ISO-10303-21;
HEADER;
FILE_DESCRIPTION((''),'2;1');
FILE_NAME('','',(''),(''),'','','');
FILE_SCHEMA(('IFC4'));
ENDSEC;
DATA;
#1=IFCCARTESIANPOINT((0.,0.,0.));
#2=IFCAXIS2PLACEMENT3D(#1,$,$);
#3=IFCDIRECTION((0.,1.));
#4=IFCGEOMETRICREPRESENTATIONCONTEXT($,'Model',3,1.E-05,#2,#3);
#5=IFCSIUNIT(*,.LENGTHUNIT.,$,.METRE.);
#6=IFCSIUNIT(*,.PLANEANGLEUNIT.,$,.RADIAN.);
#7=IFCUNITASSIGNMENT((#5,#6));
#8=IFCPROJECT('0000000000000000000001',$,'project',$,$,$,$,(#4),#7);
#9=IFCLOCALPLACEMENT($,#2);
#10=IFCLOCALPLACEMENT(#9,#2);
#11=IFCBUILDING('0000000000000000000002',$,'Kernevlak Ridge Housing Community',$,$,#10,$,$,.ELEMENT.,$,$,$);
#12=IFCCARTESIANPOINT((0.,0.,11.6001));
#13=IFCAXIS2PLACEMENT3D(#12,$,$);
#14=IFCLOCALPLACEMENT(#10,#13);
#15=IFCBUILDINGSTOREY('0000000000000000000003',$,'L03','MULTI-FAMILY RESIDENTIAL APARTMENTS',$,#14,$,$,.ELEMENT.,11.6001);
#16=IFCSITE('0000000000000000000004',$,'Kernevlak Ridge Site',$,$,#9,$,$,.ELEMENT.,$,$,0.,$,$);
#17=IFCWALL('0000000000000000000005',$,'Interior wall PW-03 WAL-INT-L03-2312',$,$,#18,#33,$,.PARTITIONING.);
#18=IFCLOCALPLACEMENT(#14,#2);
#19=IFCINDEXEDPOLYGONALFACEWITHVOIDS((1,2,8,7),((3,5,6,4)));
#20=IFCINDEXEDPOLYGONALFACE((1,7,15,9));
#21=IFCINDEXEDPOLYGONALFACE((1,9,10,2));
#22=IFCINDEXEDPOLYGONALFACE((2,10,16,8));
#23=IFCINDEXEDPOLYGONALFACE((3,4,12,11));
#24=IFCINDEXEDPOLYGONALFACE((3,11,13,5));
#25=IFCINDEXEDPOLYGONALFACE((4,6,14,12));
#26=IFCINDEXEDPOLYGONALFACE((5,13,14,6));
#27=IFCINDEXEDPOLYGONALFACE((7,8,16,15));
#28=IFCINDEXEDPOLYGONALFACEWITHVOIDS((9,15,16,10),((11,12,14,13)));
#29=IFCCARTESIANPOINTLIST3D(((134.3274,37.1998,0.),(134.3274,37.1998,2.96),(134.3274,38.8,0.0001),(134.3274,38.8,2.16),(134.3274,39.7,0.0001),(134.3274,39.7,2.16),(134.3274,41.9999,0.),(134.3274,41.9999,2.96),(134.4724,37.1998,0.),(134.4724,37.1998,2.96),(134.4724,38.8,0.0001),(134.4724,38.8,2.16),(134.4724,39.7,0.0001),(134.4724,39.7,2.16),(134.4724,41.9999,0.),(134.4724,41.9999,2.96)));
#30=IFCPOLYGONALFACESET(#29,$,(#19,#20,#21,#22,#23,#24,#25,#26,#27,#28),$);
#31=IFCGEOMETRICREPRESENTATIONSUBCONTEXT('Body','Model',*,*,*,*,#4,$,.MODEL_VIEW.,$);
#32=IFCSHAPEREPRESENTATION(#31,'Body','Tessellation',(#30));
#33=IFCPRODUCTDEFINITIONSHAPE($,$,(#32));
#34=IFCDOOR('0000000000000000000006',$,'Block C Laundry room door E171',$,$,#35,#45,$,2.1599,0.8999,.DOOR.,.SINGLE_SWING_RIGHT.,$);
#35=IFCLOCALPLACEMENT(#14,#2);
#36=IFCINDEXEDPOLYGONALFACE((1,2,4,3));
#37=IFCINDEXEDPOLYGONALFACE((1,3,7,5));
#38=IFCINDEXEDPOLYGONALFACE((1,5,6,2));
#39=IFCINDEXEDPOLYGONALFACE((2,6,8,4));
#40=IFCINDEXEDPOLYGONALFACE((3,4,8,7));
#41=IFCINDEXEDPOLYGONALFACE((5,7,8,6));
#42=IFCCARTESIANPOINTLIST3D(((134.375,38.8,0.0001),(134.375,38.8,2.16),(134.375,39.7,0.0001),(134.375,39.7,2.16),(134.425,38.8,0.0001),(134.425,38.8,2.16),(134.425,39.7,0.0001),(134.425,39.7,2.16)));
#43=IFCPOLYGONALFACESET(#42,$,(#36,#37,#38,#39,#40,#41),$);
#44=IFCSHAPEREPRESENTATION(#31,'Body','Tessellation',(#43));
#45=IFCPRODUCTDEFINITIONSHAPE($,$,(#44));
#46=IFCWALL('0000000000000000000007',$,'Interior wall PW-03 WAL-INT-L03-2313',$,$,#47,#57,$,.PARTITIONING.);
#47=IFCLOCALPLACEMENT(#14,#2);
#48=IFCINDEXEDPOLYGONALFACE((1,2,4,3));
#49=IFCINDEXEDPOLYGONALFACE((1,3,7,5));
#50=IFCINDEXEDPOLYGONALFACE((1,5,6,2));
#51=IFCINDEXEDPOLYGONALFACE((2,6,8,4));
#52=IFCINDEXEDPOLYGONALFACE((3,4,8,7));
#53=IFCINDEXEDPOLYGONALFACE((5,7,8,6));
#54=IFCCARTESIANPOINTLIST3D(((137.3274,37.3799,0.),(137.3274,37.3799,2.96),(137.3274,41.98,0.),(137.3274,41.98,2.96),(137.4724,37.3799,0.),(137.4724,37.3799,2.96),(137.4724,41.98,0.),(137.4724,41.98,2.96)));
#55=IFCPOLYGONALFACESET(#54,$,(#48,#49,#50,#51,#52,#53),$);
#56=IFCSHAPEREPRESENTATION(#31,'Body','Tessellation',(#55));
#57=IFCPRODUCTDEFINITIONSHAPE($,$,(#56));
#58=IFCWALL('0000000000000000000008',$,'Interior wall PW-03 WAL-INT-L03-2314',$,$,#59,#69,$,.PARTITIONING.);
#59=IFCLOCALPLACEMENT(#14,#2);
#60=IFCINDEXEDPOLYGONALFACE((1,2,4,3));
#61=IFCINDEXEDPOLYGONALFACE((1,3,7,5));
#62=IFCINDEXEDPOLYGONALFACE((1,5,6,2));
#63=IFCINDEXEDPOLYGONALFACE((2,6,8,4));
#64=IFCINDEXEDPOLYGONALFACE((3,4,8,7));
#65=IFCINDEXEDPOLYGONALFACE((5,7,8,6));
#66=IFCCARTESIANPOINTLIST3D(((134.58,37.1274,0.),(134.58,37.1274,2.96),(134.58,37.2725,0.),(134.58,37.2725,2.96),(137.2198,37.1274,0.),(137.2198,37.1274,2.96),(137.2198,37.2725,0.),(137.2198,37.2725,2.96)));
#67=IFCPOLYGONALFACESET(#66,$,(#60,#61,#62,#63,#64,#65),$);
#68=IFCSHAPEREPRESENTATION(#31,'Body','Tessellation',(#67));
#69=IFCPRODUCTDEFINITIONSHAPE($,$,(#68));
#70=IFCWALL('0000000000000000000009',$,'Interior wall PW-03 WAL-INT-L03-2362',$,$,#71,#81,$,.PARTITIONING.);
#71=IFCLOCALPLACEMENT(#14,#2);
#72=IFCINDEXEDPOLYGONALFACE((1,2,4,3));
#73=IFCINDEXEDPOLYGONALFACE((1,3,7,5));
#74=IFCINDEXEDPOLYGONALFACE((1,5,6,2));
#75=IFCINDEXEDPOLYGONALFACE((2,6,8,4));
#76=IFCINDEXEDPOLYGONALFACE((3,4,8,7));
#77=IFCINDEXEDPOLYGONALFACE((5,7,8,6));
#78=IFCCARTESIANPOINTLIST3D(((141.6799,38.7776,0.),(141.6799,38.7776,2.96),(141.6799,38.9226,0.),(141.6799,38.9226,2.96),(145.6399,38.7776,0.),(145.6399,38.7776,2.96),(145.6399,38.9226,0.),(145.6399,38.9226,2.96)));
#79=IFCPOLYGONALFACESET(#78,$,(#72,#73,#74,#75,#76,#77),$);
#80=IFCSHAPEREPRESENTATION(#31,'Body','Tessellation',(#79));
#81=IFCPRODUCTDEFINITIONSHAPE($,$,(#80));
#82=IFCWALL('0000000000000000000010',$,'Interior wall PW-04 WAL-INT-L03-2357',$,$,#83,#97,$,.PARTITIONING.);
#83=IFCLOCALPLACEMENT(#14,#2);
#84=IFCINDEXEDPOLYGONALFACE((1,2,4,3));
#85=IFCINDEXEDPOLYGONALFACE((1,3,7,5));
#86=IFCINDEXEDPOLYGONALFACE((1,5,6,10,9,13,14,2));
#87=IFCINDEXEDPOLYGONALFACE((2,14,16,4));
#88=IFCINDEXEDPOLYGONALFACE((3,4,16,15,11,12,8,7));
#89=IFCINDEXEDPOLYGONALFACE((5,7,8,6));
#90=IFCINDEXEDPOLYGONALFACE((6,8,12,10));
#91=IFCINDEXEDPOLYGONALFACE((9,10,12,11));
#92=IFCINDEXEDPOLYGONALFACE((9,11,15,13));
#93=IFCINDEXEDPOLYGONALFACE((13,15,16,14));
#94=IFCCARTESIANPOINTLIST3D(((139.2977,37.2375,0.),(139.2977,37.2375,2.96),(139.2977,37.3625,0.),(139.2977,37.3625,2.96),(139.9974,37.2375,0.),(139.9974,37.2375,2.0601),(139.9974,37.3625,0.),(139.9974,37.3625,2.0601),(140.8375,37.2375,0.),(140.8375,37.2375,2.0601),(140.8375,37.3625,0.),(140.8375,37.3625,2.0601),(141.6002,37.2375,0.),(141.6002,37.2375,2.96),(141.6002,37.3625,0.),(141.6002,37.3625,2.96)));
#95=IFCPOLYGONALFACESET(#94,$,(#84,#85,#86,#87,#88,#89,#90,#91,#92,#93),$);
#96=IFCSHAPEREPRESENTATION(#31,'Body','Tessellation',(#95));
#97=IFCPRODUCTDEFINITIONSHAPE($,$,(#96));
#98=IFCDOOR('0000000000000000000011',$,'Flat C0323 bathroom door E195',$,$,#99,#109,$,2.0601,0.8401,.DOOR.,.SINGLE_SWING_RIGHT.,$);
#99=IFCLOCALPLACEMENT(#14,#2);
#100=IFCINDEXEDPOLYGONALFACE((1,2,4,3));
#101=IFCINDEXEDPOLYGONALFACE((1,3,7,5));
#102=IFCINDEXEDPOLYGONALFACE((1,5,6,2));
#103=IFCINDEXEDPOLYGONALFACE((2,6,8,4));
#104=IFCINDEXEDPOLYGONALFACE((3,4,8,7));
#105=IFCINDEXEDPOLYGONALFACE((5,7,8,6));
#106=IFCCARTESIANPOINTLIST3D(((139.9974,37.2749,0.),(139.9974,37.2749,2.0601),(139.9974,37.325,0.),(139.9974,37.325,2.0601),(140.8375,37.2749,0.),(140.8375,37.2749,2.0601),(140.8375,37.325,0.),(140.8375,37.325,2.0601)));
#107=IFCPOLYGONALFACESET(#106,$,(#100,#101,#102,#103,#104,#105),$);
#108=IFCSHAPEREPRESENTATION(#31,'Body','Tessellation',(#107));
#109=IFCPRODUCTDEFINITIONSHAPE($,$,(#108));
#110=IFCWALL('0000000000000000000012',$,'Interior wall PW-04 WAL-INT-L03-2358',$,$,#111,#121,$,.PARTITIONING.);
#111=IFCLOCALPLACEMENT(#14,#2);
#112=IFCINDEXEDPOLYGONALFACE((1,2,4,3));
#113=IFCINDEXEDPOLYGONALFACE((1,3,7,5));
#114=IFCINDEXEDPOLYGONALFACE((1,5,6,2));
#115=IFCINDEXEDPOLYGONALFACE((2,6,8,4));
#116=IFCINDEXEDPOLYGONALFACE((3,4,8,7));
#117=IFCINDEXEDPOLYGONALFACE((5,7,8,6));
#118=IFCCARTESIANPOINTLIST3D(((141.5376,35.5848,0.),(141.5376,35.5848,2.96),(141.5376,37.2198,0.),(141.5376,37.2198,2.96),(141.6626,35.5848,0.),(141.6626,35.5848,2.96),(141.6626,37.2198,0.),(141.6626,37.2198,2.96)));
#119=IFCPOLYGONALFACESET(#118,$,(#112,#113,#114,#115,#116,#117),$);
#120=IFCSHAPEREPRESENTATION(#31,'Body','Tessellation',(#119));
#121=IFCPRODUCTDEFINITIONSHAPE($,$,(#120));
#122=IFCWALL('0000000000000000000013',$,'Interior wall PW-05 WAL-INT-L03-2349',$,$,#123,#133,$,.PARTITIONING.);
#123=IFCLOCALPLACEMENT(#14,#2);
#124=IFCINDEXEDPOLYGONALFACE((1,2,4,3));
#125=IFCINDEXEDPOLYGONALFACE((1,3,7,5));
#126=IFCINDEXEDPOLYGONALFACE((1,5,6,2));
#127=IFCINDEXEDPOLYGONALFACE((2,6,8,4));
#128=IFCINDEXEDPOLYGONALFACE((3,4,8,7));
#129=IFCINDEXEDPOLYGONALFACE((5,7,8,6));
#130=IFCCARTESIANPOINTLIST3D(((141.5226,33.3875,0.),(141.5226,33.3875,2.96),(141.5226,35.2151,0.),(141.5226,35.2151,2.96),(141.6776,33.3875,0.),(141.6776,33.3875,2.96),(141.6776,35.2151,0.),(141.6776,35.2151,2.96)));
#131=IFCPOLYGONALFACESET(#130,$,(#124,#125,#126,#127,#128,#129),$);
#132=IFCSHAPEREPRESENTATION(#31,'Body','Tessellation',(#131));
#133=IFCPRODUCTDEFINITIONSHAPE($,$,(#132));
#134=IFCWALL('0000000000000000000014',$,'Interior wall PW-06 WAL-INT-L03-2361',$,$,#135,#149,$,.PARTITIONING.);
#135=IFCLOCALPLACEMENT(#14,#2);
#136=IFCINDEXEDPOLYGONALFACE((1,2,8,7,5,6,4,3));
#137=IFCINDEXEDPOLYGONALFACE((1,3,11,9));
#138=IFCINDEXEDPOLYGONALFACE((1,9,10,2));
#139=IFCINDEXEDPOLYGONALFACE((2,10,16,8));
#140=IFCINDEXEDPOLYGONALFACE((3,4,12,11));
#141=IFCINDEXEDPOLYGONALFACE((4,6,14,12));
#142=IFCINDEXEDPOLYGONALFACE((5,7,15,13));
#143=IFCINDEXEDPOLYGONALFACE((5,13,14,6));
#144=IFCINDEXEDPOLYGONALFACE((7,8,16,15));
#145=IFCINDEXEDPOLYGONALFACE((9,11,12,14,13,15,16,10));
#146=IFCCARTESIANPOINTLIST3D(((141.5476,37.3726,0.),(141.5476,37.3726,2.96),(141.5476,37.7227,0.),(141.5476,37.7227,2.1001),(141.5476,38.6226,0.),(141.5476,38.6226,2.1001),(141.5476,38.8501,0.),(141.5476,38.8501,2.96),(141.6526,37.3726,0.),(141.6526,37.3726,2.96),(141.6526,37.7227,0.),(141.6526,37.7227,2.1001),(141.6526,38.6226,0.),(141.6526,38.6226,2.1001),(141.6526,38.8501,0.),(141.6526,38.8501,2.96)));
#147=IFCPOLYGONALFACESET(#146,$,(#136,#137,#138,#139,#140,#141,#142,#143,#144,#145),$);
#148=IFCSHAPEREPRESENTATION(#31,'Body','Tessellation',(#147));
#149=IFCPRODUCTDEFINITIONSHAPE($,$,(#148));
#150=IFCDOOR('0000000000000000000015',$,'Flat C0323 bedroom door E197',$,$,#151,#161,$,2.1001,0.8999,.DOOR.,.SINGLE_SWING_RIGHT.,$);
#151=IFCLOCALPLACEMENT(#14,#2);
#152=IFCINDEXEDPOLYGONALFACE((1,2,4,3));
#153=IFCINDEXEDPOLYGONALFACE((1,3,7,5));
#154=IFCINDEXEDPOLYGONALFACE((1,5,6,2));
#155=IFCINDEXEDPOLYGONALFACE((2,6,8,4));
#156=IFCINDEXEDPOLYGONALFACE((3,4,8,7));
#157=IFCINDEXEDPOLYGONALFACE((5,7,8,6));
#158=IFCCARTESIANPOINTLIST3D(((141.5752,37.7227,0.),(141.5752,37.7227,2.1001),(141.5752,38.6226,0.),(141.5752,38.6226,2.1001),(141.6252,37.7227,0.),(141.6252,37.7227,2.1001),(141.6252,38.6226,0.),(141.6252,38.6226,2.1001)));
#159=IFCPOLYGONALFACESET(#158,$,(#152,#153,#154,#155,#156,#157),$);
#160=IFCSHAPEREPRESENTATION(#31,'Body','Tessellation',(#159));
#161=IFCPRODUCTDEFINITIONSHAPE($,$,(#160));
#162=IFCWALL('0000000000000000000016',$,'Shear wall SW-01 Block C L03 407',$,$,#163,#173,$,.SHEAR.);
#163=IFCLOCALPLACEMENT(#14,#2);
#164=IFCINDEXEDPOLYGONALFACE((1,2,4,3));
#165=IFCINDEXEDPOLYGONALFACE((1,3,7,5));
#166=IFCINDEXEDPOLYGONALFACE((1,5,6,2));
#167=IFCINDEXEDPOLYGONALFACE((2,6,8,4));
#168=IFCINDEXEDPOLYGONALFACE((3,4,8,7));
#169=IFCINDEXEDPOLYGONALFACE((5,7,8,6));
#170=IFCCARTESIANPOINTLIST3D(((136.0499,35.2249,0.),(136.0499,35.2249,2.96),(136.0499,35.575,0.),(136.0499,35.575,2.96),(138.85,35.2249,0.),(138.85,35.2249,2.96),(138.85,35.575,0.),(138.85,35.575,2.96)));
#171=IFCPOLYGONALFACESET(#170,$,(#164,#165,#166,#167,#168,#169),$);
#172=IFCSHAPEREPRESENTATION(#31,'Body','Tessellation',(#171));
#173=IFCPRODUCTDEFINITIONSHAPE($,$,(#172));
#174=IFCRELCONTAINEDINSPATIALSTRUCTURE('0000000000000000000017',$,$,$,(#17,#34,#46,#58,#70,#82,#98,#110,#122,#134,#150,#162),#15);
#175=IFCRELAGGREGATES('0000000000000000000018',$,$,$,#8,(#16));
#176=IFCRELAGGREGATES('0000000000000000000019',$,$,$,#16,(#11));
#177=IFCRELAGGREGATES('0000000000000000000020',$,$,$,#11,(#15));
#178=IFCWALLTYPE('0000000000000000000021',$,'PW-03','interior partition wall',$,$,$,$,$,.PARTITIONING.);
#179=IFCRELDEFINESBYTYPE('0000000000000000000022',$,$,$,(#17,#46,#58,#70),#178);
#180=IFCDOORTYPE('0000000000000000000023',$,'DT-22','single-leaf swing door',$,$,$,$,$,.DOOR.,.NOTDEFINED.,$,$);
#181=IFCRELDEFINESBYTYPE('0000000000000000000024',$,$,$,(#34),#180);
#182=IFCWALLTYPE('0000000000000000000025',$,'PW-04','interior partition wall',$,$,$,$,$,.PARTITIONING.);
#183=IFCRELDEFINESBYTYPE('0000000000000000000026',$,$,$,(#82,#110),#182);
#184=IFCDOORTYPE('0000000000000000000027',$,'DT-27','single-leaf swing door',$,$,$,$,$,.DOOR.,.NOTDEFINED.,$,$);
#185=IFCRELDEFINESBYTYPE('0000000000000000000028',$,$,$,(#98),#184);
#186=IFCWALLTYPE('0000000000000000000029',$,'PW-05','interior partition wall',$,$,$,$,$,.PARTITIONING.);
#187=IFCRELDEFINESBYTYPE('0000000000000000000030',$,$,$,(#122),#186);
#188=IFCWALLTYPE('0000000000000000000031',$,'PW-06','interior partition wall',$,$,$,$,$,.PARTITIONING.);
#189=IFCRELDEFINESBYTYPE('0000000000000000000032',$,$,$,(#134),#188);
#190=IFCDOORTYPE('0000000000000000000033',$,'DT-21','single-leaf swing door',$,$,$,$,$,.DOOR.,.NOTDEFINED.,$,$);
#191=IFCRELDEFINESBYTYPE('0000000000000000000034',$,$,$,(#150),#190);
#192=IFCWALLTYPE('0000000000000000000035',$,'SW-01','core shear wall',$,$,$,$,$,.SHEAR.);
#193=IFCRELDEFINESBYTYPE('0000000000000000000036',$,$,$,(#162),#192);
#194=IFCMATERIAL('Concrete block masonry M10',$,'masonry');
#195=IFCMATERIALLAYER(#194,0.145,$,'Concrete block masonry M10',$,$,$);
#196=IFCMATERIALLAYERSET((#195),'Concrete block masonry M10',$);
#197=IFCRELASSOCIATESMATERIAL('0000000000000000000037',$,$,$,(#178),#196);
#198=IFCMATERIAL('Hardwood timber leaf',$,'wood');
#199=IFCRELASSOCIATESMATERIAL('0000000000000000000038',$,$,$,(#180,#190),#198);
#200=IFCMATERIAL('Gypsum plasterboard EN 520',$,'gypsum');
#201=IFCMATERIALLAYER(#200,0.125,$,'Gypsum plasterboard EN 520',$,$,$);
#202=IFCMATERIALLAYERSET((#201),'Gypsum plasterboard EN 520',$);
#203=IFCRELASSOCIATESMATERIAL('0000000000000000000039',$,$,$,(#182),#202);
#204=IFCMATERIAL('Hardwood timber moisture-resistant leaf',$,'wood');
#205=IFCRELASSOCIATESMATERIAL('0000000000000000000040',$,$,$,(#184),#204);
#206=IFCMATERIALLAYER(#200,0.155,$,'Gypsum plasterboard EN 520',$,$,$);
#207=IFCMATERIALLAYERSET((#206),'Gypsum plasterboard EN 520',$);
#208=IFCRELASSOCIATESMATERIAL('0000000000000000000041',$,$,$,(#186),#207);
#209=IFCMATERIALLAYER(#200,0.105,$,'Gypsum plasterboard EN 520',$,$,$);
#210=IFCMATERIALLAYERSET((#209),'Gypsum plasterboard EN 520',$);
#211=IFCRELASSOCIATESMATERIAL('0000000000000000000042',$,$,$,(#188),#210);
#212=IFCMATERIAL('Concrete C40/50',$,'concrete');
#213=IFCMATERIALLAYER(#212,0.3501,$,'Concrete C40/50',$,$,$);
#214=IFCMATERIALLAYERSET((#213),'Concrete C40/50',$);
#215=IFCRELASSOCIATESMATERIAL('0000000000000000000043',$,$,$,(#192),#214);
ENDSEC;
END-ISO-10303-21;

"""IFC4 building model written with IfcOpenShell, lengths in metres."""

from ifc_helpers import new_model, si_unit, direction, frame, frame_2d, origin, place, context, subcontext, project, spatial, rectangle, extrude, material, layer, layer_set, type_object, element, fill, save


model = new_model("IFC4")

# Units and contexts
model_context = context("Model", 3, precision=1e-05, world=origin(), true_north=direction((0.0, 1.0)))
body_context = subcontext(model_context, "Body", "Model", "MODEL_VIEW")
ifc_project = project(units=[si_unit("LENGTHUNIT", "METRE"), si_unit("PLANEANGLEUNIT", "RADIAN")], contexts=[model_context])

# Site, building, storey
site_placement = place(None, origin())
site = spatial("IfcSite", under=ifc_project, at=site_placement, Name="Kernevlak Ridge Site", CompositionType="ELEMENT", RefElevation=0.0)
building_placement = place(site_placement, origin())
building = spatial("IfcBuilding", under=site, at=building_placement, Name="Kernevlak Ridge Housing Community", CompositionType="ELEMENT")
storey_placement = place(building_placement, frame((0.0, 0.0, 11.6001)))
storey = spatial("IfcBuildingStorey", under=building, at=storey_placement, Name="L03", Description="MULTI-FAMILY RESIDENTIAL APARTMENTS", CompositionType="ELEMENT", Elevation=11.6001)

# Shared definitions
ifc_material_1 = material(Name="Concrete C40/50", Category="concrete")

# Shared definitions
ifc_material_2 = material(Name="Concrete block masonry M10", Category="masonry")

# Wall, opening, door
ifc_layer_1 = layer(ifc_material_2, 0.145, Name="Concrete block masonry M10")
ifc_layer_set_1 = layer_set([ifc_layer_1], Name="Concrete block masonry M10")
wall_type_1 = type_object("IfcWallType", Name="PW-03", Description="interior partition wall", PredefinedType="PARTITIONING", material=ifc_layer_set_1)
wall_1_placement = place(storey_placement, frame((134.3999, 37.2, 0.0), z_axis=(0.0, 0.0, 1.0), x_axis=(0.0, 1.0, 0.0)))
wall_1 = element("IfcWall", 1, at=wall_1_placement, inside=storey, type_object=wall_type_1, Name="Interior wall PW-03 WAL-INT-L03-2312", PredefinedType="PARTITIONING", context=body_context, shape_type="SweptSolid", body=[
    extrude(rectangle(XDim=4.8, YDim=0.145, at=frame_2d((2.3999, 0.0))), origin(), (0.0, 0.0, 1.0), 2.96),
])
opening_1_placement = place(wall_1_placement, frame((1.6001, 0.0, 0.0)))
opening_1 = element("IfcOpeningElement", 2, at=opening_1_placement, cuts=wall_1, PredefinedType="OPENING", context=body_context, shape_type="SweptSolid", body=[
    extrude(rectangle(XDim=0.8999, YDim=2.1599, at=frame_2d((0.45, 1.0801))), frame((0.0, 0.0825, 0.0), z_axis=(0.0, -1.0, 0.0), x_axis=(1.0, 0.0, 0.0)), (0.0, 0.0, 1.0), 0.165),
])
ifc_material_3 = material(Name="Hardwood timber leaf", Category="wood")
door_type_1 = type_object("IfcDoorType", Name="DT-22", Description="single-leaf swing door", OperationType="NOTDEFINED", PredefinedType="DOOR", material=ifc_material_3)
door_1_placement = place(opening_1_placement, origin())
door_1 = element("IfcDoor", 3, at=door_1_placement, inside=storey, type_object=door_type_1, Name="Block C Laundry room door E171", OperationType="SINGLE_SWING_RIGHT", OverallHeight=2.1599, OverallWidth=0.8999, PredefinedType="DOOR", context=body_context, shape_type="SweptSolid", body=[
    extrude(rectangle(XDim=0.8999, YDim=2.1599, at=frame_2d((0.45, 1.0801))), frame((0.0, 0.0249, 0.0), z_axis=(0.0, -1.0, 0.0), x_axis=(1.0, 0.0, 0.0)), (0.0, 0.0, 1.0), 0.05),
])
fill(opening_1, door_1)

# Walls
wall_2_placement = place(storey_placement, frame((137.3999, 37.3799, 0.0), z_axis=(0.0, 0.0, 1.0), x_axis=(0.0, 1.0, 0.0)))
element("IfcWall", 4, at=wall_2_placement, inside=storey, type_object=wall_type_1, Name="Interior wall PW-03 WAL-INT-L03-2313", PredefinedType="PARTITIONING", context=body_context, shape_type="SweptSolid", body=[
    extrude(rectangle(XDim=4.6001, YDim=0.145, at=frame_2d((2.3, 0.0))), origin(), (0.0, 0.0, 1.0), 2.96),
])
wall_3_placement = place(storey_placement, frame((134.5801, 37.2, 0.0), z_axis=(0.0, 0.0, 1.0), x_axis=(1.0, 0.0, 0.0)))
element("IfcWall", 5, at=wall_3_placement, inside=storey, type_object=wall_type_1, Name="Interior wall PW-03 WAL-INT-L03-2314", PredefinedType="PARTITIONING", context=body_context, shape_type="SweptSolid", body=[
    extrude(rectangle(XDim=2.6399, YDim=0.145, at=frame_2d((1.3198, 0.0))), origin(), (0.0, 0.0, 1.0), 2.96),
])
wall_4_placement = place(storey_placement, frame((141.6799, 38.8501, 0.0), z_axis=(0.0, 0.0, 1.0), x_axis=(1.0, 0.0, 0.0)))
element("IfcWall", 6, at=wall_4_placement, inside=storey, type_object=wall_type_1, Name="Interior wall PW-03 WAL-INT-L03-2362", PredefinedType="PARTITIONING", context=body_context, shape_type="SweptSolid", body=[
    extrude(rectangle(XDim=3.96, YDim=0.145, at=frame_2d((1.98, 0.0))), origin(), (0.0, 0.0, 1.0), 2.96),
])

# Wall, opening, door
ifc_material_4 = material(Name="Gypsum plasterboard EN 520", Category="gypsum")
ifc_layer_2 = layer(ifc_material_4, 0.125, Name="Gypsum plasterboard EN 520")
ifc_layer_set_2 = layer_set([ifc_layer_2], Name="Gypsum plasterboard EN 520")
wall_type_2 = type_object("IfcWallType", Name="PW-04", Description="interior partition wall", PredefinedType="PARTITIONING", material=ifc_layer_set_2)
wall_5_placement = place(storey_placement, frame((139.2976, 37.3, 0.0), z_axis=(0.0, 0.0, 1.0), x_axis=(1.0, 0.0, 0.0)))
wall_5 = element("IfcWall", 7, at=wall_5_placement, inside=storey, type_object=wall_type_2, Name="Interior wall PW-04 WAL-INT-L03-2357", PredefinedType="PARTITIONING", context=body_context, shape_type="SweptSolid", body=[
    extrude(rectangle(XDim=2.3025, YDim=0.125, at=frame_2d((1.1514, 0.0))), origin(), (0.0, 0.0, 1.0), 2.96),
])
opening_2_placement = place(wall_5_placement, frame((0.7, 0.0, 0.0)))
opening_2 = element("IfcOpeningElement", 8, at=opening_2_placement, cuts=wall_5, PredefinedType="OPENING", context=body_context, shape_type="SweptSolid", body=[
    extrude(rectangle(XDim=0.8401, YDim=2.0601, at=frame_2d((0.4199, 1.03))), frame((0.0, 0.0725, 0.0), z_axis=(0.0, -1.0, 0.0), x_axis=(1.0, 0.0, 0.0)), (0.0, 0.0, 1.0), 0.145),
])
ifc_material_5 = material(Name="Hardwood timber moisture-resistant leaf", Category="wood")
door_type_2 = type_object("IfcDoorType", Name="DT-27", Description="single-leaf swing door", OperationType="NOTDEFINED", PredefinedType="DOOR", material=ifc_material_5)
door_2_placement = place(opening_2_placement, origin())
door_2 = element("IfcDoor", 9, at=door_2_placement, inside=storey, type_object=door_type_2, Name="Flat C0323 bathroom door E195", OperationType="SINGLE_SWING_RIGHT", OverallHeight=2.0601, OverallWidth=0.8401, PredefinedType="DOOR", context=body_context, shape_type="SweptSolid", body=[
    extrude(rectangle(XDim=0.8401, YDim=2.0601, at=frame_2d((0.4199, 1.03))), frame((0.0, 0.0249, 0.0), z_axis=(0.0, -1.0, 0.0), x_axis=(1.0, 0.0, 0.0)), (0.0, 0.0, 1.0), 0.05),
])
fill(opening_2, door_2)

# Walls
wall_6_placement = place(storey_placement, frame((141.6001, 35.585, 0.0), z_axis=(0.0, 0.0, 1.0), x_axis=(0.0, 1.0, 0.0)))
element("IfcWall", 10, at=wall_6_placement, inside=storey, type_object=wall_type_2, Name="Interior wall PW-04 WAL-INT-L03-2358", PredefinedType="PARTITIONING", context=body_context, shape_type="SweptSolid", body=[
    extrude(rectangle(XDim=1.635, YDim=0.125, at=frame_2d((0.8174, 0.0))), origin(), (0.0, 0.0, 1.0), 2.96),
])
ifc_layer_3 = layer(ifc_material_4, 0.155, Name="Gypsum plasterboard EN 520")
ifc_layer_set_3 = layer_set([ifc_layer_3], Name="Gypsum plasterboard EN 520")
wall_type_3 = type_object("IfcWallType", Name="PW-05", Description="interior partition wall", PredefinedType="PARTITIONING", material=ifc_layer_set_3)
wall_7_placement = place(storey_placement, frame((141.6001, 33.3875, 0.0), z_axis=(0.0, 0.0, 1.0), x_axis=(0.0, 1.0, 0.0)))
element("IfcWall", 11, at=wall_7_placement, inside=storey, type_object=wall_type_3, Name="Interior wall PW-05 WAL-INT-L03-2349", PredefinedType="PARTITIONING", context=body_context, shape_type="SweptSolid", body=[
    extrude(rectangle(XDim=1.8276, YDim=0.155, at=frame_2d((0.9138, 0.0))), origin(), (0.0, 0.0, 1.0), 2.96),
])

# Wall, opening, door
ifc_layer_4 = layer(ifc_material_4, 0.105, Name="Gypsum plasterboard EN 520")
ifc_layer_set_4 = layer_set([ifc_layer_4], Name="Gypsum plasterboard EN 520")
wall_type_4 = type_object("IfcWallType", Name="PW-06", Description="interior partition wall", PredefinedType="PARTITIONING", material=ifc_layer_set_4)
wall_8_placement = place(storey_placement, frame((141.6001, 37.3726, 0.0), z_axis=(0.0, 0.0, 1.0), x_axis=(0.0, 1.0, 0.0)))
wall_8 = element("IfcWall", 12, at=wall_8_placement, inside=storey, type_object=wall_type_4, Name="Interior wall PW-06 WAL-INT-L03-2361", PredefinedType="PARTITIONING", context=body_context, shape_type="SweptSolid", body=[
    extrude(rectangle(XDim=1.4775, YDim=0.105, at=frame_2d((0.7388, 0.0))), origin(), (0.0, 0.0, 1.0), 2.96),
])
opening_3_placement = place(wall_8_placement, frame((0.3501, 0.0, 0.0)))
opening_3 = element("IfcOpeningElement", 13, at=opening_3_placement, cuts=wall_8, PredefinedType="OPENING", context=body_context, shape_type="SweptSolid", body=[
    extrude(rectangle(XDim=0.8999, YDim=2.1001, at=frame_2d((0.45, 1.05))), frame((0.0, 0.0625, 0.0), z_axis=(0.0, -1.0, 0.0), x_axis=(1.0, 0.0, 0.0)), (0.0, 0.0, 1.0), 0.125),
])
door_type_3 = type_object("IfcDoorType", Name="DT-21", Description="single-leaf swing door", OperationType="NOTDEFINED", PredefinedType="DOOR", material=ifc_material_3)
door_3_placement = place(opening_3_placement, origin())
door_3 = element("IfcDoor", 14, at=door_3_placement, inside=storey, type_object=door_type_3, Name="Flat C0323 bedroom door E197", OperationType="SINGLE_SWING_RIGHT", OverallHeight=2.1001, OverallWidth=0.8999, PredefinedType="DOOR", context=body_context, shape_type="SweptSolid", body=[
    extrude(rectangle(XDim=0.8999, YDim=2.1001, at=frame_2d((0.45, 1.05))), frame((0.0, 0.0249, 0.0), z_axis=(0.0, -1.0, 0.0), x_axis=(1.0, 0.0, 0.0)), (0.0, 0.0, 1.0), 0.05),
])
fill(opening_3, door_3)

# Wall
ifc_layer_5 = layer(ifc_material_1, 0.3501, Name="Concrete C40/50")
ifc_layer_set_5 = layer_set([ifc_layer_5], Name="Concrete C40/50")
wall_type_5 = type_object("IfcWallType", Name="SW-01", Description="core shear wall", PredefinedType="SHEAR", material=ifc_layer_set_5)
wall_9_placement = place(storey_placement, frame((136.05, 35.3999, 0.0), z_axis=(0.0, 0.0, 1.0), x_axis=(1.0, 0.0, 0.0)))
element("IfcWall", 15, at=wall_9_placement, inside=storey, type_object=wall_type_5, Name="Shear wall SW-01 Block C L03 407", PredefinedType="SHEAR", context=body_context, shape_type="SweptSolid", body=[
    extrude(rectangle(XDim=2.8, YDim=0.3501, at=frame_2d((1.3999, 0.0))), origin(), (0.0, 0.0, 1.0), 2.96),
])

save(model, "model.ifc")
